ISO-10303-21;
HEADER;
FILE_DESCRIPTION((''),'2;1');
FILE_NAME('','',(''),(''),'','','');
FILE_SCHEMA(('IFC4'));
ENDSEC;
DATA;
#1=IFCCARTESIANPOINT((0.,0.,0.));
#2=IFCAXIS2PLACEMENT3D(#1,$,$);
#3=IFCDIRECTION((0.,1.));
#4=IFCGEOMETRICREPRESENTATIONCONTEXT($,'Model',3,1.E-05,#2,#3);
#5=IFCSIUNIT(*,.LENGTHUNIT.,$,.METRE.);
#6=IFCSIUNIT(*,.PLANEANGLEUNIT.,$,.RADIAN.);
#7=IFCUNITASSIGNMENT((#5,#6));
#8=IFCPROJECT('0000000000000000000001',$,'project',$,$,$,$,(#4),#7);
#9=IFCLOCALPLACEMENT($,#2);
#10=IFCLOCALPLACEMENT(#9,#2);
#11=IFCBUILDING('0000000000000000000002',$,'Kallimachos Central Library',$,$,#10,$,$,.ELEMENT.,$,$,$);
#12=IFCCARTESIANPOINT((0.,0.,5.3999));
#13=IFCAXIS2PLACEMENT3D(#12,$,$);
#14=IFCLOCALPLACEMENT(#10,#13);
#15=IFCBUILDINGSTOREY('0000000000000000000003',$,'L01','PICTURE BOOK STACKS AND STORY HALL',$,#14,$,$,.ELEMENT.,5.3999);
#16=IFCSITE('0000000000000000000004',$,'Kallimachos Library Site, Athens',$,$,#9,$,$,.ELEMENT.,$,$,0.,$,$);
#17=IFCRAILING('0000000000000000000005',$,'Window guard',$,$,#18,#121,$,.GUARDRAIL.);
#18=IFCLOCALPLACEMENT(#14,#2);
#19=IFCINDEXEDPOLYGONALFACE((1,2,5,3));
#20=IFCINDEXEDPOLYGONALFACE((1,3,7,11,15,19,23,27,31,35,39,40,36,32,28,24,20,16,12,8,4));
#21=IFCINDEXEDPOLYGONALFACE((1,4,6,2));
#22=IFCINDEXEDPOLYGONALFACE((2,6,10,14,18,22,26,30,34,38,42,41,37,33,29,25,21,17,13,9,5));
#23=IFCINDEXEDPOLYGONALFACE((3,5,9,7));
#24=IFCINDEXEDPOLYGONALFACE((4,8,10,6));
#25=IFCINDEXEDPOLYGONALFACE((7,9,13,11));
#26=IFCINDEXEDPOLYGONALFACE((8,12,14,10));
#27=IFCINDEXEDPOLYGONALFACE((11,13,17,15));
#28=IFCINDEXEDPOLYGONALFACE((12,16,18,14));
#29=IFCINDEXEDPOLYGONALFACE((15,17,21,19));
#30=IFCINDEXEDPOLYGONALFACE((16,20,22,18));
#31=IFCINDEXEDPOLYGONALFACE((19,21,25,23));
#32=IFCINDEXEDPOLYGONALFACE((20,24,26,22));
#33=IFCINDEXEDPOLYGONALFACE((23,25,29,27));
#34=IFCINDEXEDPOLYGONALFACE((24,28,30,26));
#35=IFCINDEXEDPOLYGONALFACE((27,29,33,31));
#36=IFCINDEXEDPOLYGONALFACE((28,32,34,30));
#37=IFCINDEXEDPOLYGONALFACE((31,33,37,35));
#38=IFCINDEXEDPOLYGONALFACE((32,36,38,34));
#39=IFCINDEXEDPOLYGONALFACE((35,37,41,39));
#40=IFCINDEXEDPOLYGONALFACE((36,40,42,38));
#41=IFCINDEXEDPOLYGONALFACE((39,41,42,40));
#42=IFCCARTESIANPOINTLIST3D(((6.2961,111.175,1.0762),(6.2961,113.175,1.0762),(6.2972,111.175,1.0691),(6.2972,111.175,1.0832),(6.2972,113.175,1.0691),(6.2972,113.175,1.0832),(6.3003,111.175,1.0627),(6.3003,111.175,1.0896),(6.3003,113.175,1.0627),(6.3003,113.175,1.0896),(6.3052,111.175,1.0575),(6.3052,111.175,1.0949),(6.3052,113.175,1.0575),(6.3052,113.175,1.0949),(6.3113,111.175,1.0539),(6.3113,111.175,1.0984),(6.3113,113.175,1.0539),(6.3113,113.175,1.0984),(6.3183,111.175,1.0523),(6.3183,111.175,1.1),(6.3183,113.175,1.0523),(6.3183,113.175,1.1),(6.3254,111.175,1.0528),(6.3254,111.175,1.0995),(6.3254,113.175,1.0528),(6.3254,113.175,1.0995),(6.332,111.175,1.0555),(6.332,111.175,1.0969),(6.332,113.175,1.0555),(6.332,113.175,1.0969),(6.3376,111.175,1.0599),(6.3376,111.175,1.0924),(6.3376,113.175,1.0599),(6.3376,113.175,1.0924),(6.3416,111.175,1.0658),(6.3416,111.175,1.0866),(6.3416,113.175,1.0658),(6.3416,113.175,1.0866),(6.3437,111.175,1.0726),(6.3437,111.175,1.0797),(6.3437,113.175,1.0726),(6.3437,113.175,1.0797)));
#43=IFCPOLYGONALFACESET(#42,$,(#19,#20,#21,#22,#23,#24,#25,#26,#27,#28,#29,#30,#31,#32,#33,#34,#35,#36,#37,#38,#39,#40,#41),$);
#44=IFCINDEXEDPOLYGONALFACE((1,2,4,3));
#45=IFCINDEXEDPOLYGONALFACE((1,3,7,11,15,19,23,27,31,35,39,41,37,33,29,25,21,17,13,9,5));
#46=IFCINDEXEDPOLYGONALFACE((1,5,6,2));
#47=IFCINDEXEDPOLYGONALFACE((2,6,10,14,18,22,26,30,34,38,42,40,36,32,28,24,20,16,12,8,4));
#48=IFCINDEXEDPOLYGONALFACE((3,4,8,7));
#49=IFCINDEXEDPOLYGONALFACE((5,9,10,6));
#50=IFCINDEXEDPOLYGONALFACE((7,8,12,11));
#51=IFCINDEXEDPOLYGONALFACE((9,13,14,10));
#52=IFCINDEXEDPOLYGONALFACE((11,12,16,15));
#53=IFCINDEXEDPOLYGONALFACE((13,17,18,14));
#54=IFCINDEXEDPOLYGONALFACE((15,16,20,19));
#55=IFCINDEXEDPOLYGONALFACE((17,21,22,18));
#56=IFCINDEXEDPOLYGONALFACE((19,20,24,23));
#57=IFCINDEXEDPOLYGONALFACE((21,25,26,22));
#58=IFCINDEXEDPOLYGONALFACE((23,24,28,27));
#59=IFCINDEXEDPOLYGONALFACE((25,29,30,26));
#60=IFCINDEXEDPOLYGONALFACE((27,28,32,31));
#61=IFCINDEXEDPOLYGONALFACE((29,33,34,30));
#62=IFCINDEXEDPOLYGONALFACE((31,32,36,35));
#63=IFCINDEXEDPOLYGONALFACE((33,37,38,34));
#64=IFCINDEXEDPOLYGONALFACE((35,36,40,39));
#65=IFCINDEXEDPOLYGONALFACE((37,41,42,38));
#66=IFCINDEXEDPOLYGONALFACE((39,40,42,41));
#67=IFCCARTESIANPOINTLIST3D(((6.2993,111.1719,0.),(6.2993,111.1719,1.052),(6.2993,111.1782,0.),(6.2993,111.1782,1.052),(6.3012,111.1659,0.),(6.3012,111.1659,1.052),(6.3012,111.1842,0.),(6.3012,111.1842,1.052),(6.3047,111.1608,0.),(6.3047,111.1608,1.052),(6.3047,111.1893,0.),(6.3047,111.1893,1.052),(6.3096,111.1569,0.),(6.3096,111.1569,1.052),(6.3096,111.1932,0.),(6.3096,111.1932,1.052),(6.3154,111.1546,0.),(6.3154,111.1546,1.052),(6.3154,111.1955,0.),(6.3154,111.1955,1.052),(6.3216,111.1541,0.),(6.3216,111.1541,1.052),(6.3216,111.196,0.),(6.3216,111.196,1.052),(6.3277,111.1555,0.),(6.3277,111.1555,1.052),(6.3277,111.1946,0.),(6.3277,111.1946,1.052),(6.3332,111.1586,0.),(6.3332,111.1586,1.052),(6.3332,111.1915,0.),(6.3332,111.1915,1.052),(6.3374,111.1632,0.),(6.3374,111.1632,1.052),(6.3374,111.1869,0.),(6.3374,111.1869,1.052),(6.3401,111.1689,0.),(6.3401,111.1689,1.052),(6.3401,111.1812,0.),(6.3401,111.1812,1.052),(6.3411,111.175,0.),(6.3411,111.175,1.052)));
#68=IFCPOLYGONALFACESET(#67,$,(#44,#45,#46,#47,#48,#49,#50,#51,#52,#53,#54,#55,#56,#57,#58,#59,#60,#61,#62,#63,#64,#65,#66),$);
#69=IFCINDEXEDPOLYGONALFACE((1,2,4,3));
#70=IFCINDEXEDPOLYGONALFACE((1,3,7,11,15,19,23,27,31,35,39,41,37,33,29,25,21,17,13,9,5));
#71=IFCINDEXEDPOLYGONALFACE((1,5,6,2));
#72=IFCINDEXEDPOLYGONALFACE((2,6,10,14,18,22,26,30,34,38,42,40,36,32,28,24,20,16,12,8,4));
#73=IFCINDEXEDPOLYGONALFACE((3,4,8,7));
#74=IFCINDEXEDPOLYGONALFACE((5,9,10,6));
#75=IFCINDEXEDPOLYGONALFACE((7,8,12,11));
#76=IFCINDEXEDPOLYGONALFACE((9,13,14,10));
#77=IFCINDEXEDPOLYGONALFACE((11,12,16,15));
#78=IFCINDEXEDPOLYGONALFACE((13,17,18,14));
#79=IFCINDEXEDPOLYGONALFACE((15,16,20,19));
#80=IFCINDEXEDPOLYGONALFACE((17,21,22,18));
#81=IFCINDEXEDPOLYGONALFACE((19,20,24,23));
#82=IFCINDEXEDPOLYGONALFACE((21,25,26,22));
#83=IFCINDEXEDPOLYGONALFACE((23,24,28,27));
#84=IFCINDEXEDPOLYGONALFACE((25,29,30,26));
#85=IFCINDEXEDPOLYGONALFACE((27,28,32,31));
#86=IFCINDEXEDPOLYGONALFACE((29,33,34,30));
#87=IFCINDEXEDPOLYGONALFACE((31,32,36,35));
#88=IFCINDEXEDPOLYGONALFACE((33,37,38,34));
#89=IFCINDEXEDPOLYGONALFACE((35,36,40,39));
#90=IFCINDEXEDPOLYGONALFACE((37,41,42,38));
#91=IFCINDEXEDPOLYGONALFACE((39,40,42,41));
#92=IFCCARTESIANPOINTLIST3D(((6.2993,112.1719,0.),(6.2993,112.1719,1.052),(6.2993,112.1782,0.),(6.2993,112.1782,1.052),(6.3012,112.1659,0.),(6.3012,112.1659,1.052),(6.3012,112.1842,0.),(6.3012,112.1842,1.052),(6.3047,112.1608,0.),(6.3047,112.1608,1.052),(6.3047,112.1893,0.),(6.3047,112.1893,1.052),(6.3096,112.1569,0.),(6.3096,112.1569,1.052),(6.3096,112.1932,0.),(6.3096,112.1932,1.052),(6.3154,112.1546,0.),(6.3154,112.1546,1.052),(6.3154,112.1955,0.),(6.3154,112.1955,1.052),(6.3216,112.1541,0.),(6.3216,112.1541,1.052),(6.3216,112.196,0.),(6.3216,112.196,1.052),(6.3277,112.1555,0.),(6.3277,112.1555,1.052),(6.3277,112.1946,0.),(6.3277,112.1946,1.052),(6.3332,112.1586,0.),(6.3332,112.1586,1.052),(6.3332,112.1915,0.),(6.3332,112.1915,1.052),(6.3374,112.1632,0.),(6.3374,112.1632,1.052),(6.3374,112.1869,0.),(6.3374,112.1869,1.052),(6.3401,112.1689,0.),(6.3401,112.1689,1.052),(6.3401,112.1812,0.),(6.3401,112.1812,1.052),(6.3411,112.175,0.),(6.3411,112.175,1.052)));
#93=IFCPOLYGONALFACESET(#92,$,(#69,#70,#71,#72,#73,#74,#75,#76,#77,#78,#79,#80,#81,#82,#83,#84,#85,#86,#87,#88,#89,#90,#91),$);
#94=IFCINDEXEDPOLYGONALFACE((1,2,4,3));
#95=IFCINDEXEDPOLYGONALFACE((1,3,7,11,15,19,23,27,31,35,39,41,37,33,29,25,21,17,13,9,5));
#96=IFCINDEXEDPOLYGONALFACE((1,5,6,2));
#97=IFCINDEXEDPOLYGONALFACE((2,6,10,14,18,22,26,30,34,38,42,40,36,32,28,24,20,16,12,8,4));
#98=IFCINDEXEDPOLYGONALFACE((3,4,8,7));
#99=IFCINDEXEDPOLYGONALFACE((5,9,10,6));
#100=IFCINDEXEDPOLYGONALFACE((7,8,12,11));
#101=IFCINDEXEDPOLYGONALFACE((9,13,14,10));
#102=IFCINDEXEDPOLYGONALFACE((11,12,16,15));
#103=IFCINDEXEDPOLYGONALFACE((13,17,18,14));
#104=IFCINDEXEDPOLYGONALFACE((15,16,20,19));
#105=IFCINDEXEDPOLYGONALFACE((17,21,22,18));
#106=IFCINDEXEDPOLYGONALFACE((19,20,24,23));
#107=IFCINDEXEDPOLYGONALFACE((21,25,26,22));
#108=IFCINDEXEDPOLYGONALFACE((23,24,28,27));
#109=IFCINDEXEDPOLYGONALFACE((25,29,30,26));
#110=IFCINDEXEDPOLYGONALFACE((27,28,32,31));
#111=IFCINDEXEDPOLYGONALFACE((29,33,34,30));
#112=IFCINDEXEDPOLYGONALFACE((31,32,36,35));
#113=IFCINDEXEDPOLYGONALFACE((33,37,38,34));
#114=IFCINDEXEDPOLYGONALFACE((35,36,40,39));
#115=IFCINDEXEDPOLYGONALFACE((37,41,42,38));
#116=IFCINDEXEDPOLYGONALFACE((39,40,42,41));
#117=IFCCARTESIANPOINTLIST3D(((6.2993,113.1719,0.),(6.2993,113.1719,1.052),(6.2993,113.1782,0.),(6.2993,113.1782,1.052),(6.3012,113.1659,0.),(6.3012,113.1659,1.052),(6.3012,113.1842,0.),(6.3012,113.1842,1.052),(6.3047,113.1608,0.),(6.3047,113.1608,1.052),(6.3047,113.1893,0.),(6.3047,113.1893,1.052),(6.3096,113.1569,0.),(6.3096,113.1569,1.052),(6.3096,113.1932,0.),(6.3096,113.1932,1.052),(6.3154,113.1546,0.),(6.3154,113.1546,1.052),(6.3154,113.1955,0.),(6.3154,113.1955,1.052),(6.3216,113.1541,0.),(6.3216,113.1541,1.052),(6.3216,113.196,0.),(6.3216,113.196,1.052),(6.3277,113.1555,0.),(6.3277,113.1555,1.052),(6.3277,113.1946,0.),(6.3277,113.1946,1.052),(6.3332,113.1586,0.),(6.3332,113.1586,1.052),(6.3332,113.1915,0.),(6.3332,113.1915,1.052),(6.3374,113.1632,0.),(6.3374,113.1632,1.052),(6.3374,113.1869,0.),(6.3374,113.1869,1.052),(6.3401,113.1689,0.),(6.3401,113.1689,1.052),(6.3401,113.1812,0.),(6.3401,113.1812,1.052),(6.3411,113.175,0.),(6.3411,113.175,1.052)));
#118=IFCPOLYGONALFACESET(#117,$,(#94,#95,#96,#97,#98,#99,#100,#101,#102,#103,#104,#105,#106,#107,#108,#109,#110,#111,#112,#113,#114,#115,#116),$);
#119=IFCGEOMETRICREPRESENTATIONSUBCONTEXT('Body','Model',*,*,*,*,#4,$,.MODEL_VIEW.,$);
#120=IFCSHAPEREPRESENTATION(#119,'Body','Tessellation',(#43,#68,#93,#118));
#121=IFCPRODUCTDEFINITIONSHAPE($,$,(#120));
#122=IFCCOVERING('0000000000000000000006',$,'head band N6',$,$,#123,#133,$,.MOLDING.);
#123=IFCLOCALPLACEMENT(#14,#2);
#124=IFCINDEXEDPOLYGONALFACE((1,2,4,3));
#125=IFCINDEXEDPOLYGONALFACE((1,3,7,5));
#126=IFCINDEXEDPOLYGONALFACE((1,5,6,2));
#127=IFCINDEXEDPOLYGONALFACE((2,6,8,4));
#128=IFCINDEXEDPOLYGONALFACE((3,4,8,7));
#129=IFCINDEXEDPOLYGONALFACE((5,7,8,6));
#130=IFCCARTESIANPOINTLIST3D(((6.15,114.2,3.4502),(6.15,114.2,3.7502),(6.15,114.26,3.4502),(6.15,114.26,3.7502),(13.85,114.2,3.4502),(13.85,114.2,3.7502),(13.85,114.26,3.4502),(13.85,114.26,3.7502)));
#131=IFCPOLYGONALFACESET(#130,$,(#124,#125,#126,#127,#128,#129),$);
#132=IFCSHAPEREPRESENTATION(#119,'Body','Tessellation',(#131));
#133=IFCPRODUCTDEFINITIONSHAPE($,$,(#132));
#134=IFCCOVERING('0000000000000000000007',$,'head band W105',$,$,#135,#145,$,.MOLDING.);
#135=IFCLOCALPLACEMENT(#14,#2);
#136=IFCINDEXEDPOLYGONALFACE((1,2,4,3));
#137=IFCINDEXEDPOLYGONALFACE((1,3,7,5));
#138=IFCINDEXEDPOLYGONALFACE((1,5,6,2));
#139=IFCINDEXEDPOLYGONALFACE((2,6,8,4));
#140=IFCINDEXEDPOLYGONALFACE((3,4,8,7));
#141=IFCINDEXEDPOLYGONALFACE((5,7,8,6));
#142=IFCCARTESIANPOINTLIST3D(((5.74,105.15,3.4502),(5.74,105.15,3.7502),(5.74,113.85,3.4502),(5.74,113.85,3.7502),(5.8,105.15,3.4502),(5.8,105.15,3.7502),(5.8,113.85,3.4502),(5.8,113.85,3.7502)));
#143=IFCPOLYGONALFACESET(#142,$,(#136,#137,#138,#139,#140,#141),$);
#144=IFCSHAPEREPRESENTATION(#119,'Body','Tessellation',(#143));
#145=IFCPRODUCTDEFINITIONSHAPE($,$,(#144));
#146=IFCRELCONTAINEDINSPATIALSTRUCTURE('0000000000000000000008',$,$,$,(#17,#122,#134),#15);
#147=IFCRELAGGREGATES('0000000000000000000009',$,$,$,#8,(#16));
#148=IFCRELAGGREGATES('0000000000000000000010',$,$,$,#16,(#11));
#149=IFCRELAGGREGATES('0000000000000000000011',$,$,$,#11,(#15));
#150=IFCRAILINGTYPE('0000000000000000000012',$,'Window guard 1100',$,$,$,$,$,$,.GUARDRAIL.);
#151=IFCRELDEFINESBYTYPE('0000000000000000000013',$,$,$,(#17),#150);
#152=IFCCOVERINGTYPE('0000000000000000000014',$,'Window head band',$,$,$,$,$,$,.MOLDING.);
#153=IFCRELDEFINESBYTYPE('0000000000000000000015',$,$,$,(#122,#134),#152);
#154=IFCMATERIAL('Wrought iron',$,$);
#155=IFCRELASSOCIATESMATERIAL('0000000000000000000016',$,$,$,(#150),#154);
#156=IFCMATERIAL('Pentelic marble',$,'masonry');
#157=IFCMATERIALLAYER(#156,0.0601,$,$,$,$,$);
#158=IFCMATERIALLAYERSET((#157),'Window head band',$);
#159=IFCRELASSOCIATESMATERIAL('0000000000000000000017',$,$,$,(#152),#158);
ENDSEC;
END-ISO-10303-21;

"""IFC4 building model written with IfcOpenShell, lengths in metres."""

from ifc_helpers import new_model, si_unit, direction, frame, origin, origin_2d, place, context, subcontext, project, spatial, rectangle, circle, extrude, material, layer, layer_set, type_object, element, save


model = new_model("IFC4")

# Units and contexts
model_context = context("Model", 3, precision=1e-05, world=origin(), true_north=direction((0.0, 1.0)))
body_context = subcontext(model_context, "Body", "Model", "MODEL_VIEW")
ifc_project = project(units=[si_unit("LENGTHUNIT", "METRE"), si_unit("PLANEANGLEUNIT", "RADIAN")], contexts=[model_context])

# Site, building, storey
site_placement = place(None, origin())
site = spatial("IfcSite", under=ifc_project, at=site_placement, Name="Kallimachos Library Site, Athens", CompositionType="ELEMENT", RefElevation=0.0)
building_placement = place(site_placement, origin())
building = spatial("IfcBuilding", under=site, at=building_placement, Name="Kallimachos Central Library", CompositionType="ELEMENT")
storey_placement = place(building_placement, frame((0.0, 0.0, 5.3999)))
storey = spatial("IfcBuildingStorey", under=building, at=storey_placement, Name="L01", Description="PICTURE BOOK STACKS AND STORY HALL", CompositionType="ELEMENT", Elevation=5.3999)

# Railing
ifc_material_1 = material(Name="Wrought iron")
railing_type = type_object("IfcRailingType", Name="Window guard 1100", PredefinedType="GUARDRAIL", material=ifc_material_1)
for number, where, name in (
    (1, (6.3201, 111.175, 0.0), "Window guard"),
):
    element("IfcRailing", number, at=place(storey_placement, frame(where)), inside=storey, type_object=railing_type, Name=name, PredefinedType="GUARDRAIL", context=body_context, shape_type="SweptSolid", body=[
        extrude(circle(Radius=0.0239, at=origin_2d()), frame((0.0, 0.0, 1.0762), z_axis=(0.0, 1.0, 0.0), x_axis=(-1.0, 0.0, 0.0)), (0.0, 0.0, 1.0), 2.0),
        extrude(circle(Radius=0.021, at=origin_2d()), origin(), (0.0, 0.0, 1.0), 1.052),
        extrude(circle(Radius=0.021, at=origin_2d()), frame((0.0, 1.0, 0.0)), (0.0, 0.0, 1.0), 1.052),
        extrude(circle(Radius=0.021, at=origin_2d()), frame((0.0, 2.0, 0.0)), (0.0, 0.0, 1.0), 1.052),
    ])

# Coverings
ifc_material_2 = material(Name="Pentelic marble", Category="masonry")
ifc_layer_1 = layer(ifc_material_2, 0.0601)
ifc_layer_set_1 = layer_set([ifc_layer_1], Name="Window head band")
covering_type_1 = type_object("IfcCoveringType", Name="Window head band", PredefinedType="MOLDING", material=ifc_layer_set_1)
covering_1_placement = place(storey_placement, frame((10.0, 114.23, 3.4502), z_axis=(0.0, 0.0, 1.0), x_axis=(1.0, 0.0, 0.0)))
element("IfcCovering", 2, at=covering_1_placement, inside=storey, type_object=covering_type_1, Name="head band N6", PredefinedType="MOLDING", context=body_context, shape_type="SweptSolid", body=[
    extrude(rectangle(XDim=7.7, YDim=0.0601, at=origin_2d()), origin(), (0.0, 0.0, 1.0), 0.3),
])
covering_2_placement = place(storey_placement, frame((5.77, 109.5, 3.4502), z_axis=(0.0, 0.0, 1.0), x_axis=(1.0, 0.0, 0.0)))
element("IfcCovering", 3, at=covering_2_placement, inside=storey, type_object=covering_type_1, Name="head band W105", PredefinedType="MOLDING", context=body_context, shape_type="SweptSolid", body=[
    extrude(rectangle(XDim=0.0601, YDim=8.7, at=origin_2d()), origin(), (0.0, 0.0, 1.0), 0.3),
])

save(model, "model.ifc")
